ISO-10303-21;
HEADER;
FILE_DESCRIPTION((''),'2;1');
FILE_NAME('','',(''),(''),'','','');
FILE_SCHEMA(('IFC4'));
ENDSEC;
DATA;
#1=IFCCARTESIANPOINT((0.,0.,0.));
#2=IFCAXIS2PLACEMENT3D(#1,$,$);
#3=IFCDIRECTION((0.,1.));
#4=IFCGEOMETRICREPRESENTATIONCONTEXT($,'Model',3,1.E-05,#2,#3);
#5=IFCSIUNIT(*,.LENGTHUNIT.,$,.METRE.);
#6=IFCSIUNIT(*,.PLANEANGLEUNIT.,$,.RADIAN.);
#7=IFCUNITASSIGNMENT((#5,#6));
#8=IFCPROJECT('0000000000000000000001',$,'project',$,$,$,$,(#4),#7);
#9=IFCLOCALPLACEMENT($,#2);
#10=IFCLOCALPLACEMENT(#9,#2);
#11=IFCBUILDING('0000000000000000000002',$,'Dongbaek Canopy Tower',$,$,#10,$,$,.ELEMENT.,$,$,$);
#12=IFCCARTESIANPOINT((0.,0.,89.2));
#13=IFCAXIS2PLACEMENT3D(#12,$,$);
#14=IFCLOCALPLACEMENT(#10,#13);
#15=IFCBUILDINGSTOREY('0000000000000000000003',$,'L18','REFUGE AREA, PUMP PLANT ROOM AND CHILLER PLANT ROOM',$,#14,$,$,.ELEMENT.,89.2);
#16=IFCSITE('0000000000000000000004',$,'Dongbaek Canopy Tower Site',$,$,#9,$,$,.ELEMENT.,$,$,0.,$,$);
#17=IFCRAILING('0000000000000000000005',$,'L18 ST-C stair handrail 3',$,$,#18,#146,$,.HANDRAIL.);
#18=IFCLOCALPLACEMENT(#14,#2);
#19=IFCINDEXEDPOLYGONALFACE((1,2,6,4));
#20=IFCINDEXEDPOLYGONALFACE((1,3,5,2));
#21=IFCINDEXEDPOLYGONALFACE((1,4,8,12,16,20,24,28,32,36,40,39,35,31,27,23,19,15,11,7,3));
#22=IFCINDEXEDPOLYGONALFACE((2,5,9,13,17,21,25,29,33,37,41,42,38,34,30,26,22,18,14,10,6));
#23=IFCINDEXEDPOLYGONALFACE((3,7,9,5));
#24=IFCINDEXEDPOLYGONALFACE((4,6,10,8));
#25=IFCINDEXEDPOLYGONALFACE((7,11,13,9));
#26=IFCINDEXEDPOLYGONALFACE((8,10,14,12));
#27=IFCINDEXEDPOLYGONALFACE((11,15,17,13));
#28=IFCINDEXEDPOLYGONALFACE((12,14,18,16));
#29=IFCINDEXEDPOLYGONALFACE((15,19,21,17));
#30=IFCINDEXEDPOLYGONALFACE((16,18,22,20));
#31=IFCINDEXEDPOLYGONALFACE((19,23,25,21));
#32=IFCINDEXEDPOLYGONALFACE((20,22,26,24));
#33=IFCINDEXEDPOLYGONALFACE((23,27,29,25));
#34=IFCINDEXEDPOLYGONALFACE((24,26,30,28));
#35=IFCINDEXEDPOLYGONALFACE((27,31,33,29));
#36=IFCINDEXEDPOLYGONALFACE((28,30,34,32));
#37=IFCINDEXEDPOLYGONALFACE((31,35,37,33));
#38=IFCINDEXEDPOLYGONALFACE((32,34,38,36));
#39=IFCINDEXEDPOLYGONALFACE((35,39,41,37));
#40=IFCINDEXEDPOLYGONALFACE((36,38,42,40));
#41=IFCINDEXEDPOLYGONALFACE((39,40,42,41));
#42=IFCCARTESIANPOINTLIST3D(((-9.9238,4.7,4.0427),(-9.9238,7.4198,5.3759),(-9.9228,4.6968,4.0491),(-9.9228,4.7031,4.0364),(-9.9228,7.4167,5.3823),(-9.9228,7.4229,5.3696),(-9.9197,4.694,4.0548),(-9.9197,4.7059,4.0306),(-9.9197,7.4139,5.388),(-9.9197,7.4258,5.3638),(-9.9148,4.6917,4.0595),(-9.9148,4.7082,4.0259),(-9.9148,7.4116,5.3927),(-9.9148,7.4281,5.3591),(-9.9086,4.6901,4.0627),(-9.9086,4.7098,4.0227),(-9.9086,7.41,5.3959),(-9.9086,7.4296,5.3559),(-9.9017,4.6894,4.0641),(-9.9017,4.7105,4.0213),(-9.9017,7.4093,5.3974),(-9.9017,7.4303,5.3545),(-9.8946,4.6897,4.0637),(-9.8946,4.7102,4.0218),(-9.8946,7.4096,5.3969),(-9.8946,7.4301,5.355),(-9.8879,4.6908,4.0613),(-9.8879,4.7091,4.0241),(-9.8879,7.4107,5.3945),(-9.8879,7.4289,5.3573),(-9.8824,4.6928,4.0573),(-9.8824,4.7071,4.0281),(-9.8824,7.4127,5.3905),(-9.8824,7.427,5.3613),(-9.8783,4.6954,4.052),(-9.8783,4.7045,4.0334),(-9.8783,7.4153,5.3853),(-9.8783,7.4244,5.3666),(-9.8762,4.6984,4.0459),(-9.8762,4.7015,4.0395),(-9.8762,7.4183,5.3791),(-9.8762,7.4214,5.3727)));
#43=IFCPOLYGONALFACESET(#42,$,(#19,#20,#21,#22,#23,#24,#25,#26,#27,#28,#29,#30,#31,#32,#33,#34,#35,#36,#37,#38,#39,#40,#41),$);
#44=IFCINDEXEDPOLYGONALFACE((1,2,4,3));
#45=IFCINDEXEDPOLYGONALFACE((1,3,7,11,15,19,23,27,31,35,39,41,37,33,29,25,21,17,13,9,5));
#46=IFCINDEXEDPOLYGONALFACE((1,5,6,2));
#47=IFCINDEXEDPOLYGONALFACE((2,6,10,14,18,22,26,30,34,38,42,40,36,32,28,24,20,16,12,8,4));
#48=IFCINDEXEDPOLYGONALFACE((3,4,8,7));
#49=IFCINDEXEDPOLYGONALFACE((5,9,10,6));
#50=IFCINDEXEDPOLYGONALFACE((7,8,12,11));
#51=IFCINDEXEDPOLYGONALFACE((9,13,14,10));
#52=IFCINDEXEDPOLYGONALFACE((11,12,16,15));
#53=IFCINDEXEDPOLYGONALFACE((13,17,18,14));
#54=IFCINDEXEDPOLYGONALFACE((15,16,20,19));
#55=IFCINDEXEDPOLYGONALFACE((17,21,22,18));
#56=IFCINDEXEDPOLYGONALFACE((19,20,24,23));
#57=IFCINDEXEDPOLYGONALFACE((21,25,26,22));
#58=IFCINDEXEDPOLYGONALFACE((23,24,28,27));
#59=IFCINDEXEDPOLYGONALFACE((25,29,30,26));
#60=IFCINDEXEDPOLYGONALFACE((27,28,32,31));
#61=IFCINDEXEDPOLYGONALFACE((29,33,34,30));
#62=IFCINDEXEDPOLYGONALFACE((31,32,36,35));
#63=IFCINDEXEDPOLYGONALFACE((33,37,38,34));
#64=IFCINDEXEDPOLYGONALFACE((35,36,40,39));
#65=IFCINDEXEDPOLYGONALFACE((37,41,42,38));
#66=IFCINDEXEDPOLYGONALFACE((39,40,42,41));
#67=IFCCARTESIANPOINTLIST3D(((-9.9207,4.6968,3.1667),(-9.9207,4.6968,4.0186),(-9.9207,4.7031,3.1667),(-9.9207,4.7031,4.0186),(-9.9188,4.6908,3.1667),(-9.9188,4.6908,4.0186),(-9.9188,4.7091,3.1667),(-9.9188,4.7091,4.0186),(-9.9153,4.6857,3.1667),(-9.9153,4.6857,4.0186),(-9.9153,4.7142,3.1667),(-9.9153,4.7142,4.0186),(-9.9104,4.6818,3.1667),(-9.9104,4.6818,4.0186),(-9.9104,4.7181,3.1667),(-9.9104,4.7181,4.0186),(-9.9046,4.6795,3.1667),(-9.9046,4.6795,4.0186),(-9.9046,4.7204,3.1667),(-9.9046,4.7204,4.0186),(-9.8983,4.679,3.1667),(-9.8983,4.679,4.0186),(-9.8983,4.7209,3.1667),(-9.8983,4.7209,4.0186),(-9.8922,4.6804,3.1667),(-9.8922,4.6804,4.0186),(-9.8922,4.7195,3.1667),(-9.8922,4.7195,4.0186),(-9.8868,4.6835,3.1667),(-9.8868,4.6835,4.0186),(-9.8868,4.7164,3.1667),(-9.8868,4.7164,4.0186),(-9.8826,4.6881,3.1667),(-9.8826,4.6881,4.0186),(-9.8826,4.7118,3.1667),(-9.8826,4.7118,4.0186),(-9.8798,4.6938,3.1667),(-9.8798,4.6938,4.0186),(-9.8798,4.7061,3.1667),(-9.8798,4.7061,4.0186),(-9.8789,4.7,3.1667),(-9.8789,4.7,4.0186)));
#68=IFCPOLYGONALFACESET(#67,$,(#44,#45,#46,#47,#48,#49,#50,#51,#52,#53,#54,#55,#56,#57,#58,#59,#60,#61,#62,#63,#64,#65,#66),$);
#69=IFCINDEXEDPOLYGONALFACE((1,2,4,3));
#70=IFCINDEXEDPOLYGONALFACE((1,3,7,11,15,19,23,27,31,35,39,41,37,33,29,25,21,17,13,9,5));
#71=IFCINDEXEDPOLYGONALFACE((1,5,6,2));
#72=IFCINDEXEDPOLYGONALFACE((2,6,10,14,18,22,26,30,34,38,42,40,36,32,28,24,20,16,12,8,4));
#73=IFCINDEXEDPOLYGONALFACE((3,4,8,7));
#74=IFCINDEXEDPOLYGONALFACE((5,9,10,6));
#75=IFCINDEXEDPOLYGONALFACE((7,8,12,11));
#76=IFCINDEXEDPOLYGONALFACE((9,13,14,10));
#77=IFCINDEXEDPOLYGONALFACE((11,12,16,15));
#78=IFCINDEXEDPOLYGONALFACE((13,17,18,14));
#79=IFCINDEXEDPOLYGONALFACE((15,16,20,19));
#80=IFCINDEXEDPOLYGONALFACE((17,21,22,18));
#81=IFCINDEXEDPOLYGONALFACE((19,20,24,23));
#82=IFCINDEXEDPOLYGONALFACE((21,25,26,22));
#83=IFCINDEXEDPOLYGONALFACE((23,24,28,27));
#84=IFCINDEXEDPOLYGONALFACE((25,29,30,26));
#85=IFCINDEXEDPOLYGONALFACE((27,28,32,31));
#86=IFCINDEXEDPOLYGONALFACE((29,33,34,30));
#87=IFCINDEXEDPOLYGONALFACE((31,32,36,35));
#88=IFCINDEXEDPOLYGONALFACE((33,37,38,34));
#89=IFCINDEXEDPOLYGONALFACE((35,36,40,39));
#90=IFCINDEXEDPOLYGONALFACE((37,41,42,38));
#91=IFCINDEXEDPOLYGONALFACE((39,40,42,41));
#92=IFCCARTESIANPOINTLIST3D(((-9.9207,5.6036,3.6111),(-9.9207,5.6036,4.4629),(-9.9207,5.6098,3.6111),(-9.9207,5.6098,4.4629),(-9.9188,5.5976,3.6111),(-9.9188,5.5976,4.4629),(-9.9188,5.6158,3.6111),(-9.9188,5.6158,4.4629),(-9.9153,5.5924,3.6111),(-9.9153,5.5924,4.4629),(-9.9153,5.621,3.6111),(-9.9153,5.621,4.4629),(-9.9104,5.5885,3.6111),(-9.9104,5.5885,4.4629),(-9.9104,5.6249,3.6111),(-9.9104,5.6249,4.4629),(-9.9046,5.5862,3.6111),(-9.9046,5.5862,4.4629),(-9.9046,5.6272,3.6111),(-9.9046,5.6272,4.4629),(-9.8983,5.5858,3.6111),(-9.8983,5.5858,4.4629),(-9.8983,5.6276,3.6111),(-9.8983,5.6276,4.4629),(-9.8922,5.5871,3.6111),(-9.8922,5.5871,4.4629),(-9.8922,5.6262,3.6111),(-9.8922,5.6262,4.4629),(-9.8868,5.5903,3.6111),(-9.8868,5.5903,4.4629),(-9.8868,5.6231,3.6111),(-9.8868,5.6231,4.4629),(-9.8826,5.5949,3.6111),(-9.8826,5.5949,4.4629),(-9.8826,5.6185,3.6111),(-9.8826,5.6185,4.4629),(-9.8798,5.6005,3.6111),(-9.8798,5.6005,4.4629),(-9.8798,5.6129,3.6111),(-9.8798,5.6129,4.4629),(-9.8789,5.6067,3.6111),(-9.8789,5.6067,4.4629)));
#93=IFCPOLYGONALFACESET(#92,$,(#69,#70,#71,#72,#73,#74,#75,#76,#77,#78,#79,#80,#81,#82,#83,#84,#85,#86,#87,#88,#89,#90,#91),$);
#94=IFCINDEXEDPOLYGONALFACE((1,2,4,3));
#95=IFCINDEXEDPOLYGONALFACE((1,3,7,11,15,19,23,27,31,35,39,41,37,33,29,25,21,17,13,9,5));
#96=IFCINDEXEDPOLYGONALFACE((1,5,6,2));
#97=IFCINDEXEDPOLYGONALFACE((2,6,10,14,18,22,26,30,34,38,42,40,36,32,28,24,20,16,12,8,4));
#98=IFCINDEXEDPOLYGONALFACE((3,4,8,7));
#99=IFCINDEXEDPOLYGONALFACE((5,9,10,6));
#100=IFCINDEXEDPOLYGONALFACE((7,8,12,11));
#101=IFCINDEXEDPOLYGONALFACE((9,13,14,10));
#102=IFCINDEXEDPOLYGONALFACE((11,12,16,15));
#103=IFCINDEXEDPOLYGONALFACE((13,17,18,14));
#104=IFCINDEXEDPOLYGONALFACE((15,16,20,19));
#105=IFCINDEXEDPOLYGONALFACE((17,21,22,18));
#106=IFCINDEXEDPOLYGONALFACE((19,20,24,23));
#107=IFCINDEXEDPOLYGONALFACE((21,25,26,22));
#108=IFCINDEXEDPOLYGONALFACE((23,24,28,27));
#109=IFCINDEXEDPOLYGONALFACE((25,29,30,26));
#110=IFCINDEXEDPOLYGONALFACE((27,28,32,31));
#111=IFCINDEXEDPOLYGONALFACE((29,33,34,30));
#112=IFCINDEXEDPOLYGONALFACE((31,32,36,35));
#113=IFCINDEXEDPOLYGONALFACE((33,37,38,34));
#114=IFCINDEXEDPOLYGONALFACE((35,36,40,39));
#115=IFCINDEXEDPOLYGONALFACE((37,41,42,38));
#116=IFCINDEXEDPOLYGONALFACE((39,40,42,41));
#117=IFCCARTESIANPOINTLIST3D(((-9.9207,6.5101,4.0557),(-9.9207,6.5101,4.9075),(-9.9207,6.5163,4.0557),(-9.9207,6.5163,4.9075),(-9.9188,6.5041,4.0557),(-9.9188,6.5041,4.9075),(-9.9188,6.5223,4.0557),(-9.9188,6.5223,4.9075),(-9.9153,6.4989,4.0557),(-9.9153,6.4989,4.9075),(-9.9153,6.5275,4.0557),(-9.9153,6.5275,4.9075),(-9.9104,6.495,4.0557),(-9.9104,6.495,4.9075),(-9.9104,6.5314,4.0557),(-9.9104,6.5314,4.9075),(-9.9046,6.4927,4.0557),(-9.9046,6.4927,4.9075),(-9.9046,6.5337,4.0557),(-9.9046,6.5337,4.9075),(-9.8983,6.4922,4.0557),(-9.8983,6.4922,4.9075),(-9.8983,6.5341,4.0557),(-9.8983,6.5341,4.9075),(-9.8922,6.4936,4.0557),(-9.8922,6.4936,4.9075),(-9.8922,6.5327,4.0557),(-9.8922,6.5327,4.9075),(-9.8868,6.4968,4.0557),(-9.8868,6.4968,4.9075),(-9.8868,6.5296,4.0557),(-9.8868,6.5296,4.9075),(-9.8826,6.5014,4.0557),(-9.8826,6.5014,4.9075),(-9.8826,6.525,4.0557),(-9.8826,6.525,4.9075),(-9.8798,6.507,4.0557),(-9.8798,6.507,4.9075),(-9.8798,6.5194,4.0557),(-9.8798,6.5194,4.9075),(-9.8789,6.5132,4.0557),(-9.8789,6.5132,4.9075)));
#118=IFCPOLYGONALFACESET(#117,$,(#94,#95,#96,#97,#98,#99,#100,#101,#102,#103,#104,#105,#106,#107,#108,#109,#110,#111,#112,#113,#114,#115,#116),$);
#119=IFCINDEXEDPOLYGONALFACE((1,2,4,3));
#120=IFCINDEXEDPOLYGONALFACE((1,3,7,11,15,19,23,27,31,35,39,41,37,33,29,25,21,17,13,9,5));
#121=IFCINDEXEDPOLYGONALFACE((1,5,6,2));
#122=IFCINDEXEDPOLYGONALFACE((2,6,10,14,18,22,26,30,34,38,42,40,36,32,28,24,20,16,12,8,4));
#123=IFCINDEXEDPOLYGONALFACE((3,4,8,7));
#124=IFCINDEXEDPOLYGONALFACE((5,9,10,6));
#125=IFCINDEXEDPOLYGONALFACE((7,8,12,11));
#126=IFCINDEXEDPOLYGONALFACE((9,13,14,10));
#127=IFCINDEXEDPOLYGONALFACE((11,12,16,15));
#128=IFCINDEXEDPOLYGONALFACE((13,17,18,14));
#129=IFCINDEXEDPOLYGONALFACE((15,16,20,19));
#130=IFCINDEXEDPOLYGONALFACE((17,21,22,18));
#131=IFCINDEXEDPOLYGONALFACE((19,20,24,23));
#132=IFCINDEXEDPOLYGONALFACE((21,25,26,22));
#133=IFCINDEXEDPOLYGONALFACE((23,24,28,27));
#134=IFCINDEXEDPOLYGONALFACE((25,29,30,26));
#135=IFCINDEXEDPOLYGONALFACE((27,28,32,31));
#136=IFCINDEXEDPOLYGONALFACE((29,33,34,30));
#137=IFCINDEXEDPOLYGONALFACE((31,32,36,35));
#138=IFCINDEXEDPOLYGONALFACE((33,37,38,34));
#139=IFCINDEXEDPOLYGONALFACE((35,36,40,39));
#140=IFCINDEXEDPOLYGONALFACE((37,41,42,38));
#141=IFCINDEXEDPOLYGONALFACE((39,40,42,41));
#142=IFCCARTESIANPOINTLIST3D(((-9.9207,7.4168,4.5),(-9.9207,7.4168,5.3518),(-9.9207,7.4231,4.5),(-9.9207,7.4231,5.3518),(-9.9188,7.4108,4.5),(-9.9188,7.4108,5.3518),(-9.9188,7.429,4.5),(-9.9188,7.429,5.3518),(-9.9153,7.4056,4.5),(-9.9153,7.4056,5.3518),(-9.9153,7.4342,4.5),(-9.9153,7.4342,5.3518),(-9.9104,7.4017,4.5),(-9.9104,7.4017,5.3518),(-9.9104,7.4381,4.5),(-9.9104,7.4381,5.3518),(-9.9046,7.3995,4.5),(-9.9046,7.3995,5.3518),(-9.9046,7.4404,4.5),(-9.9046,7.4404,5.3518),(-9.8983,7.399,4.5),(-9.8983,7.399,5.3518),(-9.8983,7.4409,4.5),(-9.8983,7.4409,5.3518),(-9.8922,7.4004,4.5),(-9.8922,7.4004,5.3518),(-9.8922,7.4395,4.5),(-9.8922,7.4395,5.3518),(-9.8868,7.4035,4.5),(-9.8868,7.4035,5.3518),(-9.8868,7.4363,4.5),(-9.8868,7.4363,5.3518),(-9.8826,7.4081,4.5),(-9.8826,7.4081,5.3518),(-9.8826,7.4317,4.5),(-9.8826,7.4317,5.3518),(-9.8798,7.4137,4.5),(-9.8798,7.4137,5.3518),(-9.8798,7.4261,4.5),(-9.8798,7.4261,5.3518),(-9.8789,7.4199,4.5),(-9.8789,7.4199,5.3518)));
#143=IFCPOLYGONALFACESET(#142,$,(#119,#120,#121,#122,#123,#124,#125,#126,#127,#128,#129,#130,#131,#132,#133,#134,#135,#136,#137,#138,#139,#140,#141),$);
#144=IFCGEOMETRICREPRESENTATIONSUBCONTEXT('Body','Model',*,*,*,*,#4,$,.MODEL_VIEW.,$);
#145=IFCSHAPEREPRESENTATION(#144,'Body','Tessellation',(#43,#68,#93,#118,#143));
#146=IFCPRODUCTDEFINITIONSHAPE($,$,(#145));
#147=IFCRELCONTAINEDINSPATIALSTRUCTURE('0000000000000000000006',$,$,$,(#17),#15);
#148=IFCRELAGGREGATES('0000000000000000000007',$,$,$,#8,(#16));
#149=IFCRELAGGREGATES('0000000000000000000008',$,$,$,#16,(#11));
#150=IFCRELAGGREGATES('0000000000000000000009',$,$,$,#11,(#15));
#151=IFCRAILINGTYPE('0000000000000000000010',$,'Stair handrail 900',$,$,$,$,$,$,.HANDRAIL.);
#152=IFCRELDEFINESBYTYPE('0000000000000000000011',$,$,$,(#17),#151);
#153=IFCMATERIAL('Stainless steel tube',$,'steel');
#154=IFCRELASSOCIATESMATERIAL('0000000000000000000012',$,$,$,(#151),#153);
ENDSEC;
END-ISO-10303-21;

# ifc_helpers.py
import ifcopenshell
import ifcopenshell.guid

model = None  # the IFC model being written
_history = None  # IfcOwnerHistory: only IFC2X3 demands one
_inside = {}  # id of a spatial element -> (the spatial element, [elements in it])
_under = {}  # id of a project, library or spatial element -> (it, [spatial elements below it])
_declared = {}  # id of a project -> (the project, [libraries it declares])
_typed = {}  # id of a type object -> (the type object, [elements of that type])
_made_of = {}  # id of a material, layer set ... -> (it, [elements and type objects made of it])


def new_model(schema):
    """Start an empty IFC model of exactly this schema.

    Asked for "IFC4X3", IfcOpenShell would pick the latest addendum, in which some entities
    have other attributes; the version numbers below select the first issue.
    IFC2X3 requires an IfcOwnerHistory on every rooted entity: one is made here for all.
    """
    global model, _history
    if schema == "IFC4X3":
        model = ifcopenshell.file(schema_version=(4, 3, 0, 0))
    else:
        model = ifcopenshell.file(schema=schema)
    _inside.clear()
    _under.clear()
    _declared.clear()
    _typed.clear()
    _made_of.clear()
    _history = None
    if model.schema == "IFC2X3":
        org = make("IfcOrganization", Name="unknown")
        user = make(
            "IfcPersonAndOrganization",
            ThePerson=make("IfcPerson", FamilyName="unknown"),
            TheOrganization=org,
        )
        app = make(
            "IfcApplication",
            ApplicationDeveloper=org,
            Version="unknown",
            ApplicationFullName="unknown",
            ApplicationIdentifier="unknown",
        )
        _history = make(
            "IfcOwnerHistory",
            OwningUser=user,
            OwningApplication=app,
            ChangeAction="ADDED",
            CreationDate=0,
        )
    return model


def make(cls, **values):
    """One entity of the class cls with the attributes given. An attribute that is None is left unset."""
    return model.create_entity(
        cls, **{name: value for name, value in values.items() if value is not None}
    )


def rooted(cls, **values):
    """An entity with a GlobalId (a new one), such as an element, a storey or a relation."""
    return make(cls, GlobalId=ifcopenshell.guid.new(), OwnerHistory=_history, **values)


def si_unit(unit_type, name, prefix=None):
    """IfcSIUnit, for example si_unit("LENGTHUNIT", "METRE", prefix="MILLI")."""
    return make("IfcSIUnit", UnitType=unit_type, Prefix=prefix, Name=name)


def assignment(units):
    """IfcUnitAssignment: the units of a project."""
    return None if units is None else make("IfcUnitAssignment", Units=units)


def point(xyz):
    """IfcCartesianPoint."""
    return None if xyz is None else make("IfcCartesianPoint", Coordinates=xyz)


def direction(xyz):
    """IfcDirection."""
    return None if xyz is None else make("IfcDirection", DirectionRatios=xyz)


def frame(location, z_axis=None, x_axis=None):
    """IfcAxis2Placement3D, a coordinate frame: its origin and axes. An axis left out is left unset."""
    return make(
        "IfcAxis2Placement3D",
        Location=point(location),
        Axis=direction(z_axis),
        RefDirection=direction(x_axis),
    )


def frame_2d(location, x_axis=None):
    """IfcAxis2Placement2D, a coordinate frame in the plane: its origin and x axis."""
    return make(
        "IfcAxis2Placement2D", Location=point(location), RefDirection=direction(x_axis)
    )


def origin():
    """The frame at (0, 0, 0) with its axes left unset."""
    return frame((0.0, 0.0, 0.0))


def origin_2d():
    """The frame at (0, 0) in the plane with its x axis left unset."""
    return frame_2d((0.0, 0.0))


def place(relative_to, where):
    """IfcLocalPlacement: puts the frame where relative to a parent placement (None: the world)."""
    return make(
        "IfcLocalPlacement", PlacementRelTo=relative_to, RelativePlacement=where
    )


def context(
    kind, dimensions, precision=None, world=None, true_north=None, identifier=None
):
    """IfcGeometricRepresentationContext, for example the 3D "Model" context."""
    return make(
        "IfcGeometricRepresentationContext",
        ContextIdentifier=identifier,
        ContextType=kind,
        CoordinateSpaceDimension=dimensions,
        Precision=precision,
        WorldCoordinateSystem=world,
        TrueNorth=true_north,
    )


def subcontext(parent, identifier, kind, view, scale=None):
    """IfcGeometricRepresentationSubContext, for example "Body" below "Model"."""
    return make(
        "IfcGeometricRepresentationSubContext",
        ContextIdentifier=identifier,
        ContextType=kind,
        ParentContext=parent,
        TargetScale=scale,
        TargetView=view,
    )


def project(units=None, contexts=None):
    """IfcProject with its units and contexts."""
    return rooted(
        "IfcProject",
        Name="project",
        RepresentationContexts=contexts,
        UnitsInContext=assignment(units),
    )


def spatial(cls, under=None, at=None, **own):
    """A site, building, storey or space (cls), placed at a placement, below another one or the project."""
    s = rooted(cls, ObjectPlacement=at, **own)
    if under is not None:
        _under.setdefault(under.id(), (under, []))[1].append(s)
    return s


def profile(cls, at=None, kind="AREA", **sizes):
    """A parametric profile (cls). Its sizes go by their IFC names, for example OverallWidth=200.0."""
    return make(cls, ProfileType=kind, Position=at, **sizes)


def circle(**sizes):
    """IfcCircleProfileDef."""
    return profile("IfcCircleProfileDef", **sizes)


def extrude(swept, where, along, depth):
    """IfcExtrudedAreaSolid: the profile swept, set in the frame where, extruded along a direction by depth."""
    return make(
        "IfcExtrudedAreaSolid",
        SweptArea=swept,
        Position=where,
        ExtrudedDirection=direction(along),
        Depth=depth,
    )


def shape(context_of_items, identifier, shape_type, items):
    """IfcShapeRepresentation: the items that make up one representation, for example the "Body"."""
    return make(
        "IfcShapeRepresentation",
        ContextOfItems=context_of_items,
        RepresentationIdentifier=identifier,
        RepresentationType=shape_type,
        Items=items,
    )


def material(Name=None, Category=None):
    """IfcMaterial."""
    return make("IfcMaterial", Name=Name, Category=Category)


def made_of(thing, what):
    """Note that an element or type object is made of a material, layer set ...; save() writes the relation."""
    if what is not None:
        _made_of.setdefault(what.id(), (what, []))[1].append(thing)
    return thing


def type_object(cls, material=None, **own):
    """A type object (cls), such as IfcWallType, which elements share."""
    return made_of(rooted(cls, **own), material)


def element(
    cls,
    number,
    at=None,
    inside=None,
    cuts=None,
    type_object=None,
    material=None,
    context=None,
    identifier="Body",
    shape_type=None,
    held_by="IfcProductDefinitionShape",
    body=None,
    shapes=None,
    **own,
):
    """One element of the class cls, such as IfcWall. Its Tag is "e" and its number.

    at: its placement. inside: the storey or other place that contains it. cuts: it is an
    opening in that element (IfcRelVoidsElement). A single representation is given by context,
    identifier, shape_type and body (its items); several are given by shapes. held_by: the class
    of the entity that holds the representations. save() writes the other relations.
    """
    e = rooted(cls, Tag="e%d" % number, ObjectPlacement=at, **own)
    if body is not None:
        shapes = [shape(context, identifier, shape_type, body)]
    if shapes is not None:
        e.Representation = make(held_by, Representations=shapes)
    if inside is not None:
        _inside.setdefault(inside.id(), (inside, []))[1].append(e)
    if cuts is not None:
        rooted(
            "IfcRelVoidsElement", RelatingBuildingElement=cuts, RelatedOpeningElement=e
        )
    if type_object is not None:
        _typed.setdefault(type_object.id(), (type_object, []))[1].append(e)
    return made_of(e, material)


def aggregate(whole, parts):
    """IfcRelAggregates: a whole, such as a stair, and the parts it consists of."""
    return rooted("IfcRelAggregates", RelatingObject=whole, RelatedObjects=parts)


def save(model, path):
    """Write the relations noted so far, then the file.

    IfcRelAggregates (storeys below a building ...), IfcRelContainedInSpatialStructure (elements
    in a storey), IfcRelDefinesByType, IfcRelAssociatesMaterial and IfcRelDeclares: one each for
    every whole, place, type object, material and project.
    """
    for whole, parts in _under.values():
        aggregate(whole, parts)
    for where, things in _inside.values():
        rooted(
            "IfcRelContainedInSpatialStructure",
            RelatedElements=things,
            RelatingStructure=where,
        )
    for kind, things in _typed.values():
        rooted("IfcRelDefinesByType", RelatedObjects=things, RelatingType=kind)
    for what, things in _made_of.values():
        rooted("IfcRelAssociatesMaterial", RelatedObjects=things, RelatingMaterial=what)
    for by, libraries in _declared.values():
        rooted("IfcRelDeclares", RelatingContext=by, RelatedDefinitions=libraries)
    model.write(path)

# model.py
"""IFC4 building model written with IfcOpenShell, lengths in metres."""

from ifc_helpers import new_model, si_unit, direction, frame, origin, origin_2d, place, context, subcontext, project, spatial, circle, extrude, material, type_object, element, save


model = new_model("IFC4")

# Units and contexts
model_context = context("Model", 3, precision=1e-05, world=origin(), true_north=direction((0.0, 1.0)))
body_context = subcontext(model_context, "Body", "Model", "MODEL_VIEW")
ifc_project = project(units=[si_unit("LENGTHUNIT", "METRE"), si_unit("PLANEANGLEUNIT", "RADIAN")], contexts=[model_context])

# Site, building, storey
site_placement = place(None, origin())
site = spatial("IfcSite", under=ifc_project, at=site_placement, Name="Dongbaek Canopy Tower Site", CompositionType="ELEMENT", RefElevation=0.0)
building_placement = place(site_placement, origin())
building = spatial("IfcBuilding", under=site, at=building_placement, Name="Dongbaek Canopy Tower", CompositionType="ELEMENT")
storey_placement = place(building_placement, frame((0.0, 0.0, 89.2)))
storey = spatial("IfcBuildingStorey", under=building, at=storey_placement, Name="L18", Description="REFUGE AREA, PUMP PLANT ROOM AND CHILLER PLANT ROOM", CompositionType="ELEMENT", Elevation=89.2)

# Railing
ifc_material_1 = material(Name="Stainless steel tube", Category="steel")
railing_type_1 = type_object("IfcRailingType", Name="Stair handrail 900", PredefinedType="HANDRAIL", material=ifc_material_1)
railing_1_placement = place(storey_placement, frame((-9.8999, 4.7, 3.1667)))
element("IfcRailing", 1, at=railing_1_placement, inside=storey, type_object=railing_type_1, Name="L18 ST-C stair handrail 3", PredefinedType="HANDRAIL", context=body_context, shape_type="SweptSolid", body=[
    extrude(circle(Radius=0.0239, at=origin_2d()), frame((0.0, 0.0, 0.876), z_axis=(0.0, 0.897929, 0.440139), x_axis=(-1.0, 0.0, 0.0)), (0.0, 0.0, 1.0), 3.0291),
    extrude(circle(Radius=0.021, at=origin_2d()), origin(), (0.0, 0.0, 1.0), 0.8518),
    extrude(circle(Radius=0.021, at=origin_2d()), frame((0.0, 0.9067, 0.4443)), (0.0, 0.0, 1.0), 0.8518),
    extrude(circle(Radius=0.021, at=origin_2d()), frame((0.0, 1.8132, 0.8889)), (0.0, 0.0, 1.0), 0.8518),
    extrude(circle(Radius=0.021, at=origin_2d()), frame((0.0, 2.72, 1.3333)), (0.0, 0.0, 1.0), 0.8518),
])

save(model, "model.ifc")
